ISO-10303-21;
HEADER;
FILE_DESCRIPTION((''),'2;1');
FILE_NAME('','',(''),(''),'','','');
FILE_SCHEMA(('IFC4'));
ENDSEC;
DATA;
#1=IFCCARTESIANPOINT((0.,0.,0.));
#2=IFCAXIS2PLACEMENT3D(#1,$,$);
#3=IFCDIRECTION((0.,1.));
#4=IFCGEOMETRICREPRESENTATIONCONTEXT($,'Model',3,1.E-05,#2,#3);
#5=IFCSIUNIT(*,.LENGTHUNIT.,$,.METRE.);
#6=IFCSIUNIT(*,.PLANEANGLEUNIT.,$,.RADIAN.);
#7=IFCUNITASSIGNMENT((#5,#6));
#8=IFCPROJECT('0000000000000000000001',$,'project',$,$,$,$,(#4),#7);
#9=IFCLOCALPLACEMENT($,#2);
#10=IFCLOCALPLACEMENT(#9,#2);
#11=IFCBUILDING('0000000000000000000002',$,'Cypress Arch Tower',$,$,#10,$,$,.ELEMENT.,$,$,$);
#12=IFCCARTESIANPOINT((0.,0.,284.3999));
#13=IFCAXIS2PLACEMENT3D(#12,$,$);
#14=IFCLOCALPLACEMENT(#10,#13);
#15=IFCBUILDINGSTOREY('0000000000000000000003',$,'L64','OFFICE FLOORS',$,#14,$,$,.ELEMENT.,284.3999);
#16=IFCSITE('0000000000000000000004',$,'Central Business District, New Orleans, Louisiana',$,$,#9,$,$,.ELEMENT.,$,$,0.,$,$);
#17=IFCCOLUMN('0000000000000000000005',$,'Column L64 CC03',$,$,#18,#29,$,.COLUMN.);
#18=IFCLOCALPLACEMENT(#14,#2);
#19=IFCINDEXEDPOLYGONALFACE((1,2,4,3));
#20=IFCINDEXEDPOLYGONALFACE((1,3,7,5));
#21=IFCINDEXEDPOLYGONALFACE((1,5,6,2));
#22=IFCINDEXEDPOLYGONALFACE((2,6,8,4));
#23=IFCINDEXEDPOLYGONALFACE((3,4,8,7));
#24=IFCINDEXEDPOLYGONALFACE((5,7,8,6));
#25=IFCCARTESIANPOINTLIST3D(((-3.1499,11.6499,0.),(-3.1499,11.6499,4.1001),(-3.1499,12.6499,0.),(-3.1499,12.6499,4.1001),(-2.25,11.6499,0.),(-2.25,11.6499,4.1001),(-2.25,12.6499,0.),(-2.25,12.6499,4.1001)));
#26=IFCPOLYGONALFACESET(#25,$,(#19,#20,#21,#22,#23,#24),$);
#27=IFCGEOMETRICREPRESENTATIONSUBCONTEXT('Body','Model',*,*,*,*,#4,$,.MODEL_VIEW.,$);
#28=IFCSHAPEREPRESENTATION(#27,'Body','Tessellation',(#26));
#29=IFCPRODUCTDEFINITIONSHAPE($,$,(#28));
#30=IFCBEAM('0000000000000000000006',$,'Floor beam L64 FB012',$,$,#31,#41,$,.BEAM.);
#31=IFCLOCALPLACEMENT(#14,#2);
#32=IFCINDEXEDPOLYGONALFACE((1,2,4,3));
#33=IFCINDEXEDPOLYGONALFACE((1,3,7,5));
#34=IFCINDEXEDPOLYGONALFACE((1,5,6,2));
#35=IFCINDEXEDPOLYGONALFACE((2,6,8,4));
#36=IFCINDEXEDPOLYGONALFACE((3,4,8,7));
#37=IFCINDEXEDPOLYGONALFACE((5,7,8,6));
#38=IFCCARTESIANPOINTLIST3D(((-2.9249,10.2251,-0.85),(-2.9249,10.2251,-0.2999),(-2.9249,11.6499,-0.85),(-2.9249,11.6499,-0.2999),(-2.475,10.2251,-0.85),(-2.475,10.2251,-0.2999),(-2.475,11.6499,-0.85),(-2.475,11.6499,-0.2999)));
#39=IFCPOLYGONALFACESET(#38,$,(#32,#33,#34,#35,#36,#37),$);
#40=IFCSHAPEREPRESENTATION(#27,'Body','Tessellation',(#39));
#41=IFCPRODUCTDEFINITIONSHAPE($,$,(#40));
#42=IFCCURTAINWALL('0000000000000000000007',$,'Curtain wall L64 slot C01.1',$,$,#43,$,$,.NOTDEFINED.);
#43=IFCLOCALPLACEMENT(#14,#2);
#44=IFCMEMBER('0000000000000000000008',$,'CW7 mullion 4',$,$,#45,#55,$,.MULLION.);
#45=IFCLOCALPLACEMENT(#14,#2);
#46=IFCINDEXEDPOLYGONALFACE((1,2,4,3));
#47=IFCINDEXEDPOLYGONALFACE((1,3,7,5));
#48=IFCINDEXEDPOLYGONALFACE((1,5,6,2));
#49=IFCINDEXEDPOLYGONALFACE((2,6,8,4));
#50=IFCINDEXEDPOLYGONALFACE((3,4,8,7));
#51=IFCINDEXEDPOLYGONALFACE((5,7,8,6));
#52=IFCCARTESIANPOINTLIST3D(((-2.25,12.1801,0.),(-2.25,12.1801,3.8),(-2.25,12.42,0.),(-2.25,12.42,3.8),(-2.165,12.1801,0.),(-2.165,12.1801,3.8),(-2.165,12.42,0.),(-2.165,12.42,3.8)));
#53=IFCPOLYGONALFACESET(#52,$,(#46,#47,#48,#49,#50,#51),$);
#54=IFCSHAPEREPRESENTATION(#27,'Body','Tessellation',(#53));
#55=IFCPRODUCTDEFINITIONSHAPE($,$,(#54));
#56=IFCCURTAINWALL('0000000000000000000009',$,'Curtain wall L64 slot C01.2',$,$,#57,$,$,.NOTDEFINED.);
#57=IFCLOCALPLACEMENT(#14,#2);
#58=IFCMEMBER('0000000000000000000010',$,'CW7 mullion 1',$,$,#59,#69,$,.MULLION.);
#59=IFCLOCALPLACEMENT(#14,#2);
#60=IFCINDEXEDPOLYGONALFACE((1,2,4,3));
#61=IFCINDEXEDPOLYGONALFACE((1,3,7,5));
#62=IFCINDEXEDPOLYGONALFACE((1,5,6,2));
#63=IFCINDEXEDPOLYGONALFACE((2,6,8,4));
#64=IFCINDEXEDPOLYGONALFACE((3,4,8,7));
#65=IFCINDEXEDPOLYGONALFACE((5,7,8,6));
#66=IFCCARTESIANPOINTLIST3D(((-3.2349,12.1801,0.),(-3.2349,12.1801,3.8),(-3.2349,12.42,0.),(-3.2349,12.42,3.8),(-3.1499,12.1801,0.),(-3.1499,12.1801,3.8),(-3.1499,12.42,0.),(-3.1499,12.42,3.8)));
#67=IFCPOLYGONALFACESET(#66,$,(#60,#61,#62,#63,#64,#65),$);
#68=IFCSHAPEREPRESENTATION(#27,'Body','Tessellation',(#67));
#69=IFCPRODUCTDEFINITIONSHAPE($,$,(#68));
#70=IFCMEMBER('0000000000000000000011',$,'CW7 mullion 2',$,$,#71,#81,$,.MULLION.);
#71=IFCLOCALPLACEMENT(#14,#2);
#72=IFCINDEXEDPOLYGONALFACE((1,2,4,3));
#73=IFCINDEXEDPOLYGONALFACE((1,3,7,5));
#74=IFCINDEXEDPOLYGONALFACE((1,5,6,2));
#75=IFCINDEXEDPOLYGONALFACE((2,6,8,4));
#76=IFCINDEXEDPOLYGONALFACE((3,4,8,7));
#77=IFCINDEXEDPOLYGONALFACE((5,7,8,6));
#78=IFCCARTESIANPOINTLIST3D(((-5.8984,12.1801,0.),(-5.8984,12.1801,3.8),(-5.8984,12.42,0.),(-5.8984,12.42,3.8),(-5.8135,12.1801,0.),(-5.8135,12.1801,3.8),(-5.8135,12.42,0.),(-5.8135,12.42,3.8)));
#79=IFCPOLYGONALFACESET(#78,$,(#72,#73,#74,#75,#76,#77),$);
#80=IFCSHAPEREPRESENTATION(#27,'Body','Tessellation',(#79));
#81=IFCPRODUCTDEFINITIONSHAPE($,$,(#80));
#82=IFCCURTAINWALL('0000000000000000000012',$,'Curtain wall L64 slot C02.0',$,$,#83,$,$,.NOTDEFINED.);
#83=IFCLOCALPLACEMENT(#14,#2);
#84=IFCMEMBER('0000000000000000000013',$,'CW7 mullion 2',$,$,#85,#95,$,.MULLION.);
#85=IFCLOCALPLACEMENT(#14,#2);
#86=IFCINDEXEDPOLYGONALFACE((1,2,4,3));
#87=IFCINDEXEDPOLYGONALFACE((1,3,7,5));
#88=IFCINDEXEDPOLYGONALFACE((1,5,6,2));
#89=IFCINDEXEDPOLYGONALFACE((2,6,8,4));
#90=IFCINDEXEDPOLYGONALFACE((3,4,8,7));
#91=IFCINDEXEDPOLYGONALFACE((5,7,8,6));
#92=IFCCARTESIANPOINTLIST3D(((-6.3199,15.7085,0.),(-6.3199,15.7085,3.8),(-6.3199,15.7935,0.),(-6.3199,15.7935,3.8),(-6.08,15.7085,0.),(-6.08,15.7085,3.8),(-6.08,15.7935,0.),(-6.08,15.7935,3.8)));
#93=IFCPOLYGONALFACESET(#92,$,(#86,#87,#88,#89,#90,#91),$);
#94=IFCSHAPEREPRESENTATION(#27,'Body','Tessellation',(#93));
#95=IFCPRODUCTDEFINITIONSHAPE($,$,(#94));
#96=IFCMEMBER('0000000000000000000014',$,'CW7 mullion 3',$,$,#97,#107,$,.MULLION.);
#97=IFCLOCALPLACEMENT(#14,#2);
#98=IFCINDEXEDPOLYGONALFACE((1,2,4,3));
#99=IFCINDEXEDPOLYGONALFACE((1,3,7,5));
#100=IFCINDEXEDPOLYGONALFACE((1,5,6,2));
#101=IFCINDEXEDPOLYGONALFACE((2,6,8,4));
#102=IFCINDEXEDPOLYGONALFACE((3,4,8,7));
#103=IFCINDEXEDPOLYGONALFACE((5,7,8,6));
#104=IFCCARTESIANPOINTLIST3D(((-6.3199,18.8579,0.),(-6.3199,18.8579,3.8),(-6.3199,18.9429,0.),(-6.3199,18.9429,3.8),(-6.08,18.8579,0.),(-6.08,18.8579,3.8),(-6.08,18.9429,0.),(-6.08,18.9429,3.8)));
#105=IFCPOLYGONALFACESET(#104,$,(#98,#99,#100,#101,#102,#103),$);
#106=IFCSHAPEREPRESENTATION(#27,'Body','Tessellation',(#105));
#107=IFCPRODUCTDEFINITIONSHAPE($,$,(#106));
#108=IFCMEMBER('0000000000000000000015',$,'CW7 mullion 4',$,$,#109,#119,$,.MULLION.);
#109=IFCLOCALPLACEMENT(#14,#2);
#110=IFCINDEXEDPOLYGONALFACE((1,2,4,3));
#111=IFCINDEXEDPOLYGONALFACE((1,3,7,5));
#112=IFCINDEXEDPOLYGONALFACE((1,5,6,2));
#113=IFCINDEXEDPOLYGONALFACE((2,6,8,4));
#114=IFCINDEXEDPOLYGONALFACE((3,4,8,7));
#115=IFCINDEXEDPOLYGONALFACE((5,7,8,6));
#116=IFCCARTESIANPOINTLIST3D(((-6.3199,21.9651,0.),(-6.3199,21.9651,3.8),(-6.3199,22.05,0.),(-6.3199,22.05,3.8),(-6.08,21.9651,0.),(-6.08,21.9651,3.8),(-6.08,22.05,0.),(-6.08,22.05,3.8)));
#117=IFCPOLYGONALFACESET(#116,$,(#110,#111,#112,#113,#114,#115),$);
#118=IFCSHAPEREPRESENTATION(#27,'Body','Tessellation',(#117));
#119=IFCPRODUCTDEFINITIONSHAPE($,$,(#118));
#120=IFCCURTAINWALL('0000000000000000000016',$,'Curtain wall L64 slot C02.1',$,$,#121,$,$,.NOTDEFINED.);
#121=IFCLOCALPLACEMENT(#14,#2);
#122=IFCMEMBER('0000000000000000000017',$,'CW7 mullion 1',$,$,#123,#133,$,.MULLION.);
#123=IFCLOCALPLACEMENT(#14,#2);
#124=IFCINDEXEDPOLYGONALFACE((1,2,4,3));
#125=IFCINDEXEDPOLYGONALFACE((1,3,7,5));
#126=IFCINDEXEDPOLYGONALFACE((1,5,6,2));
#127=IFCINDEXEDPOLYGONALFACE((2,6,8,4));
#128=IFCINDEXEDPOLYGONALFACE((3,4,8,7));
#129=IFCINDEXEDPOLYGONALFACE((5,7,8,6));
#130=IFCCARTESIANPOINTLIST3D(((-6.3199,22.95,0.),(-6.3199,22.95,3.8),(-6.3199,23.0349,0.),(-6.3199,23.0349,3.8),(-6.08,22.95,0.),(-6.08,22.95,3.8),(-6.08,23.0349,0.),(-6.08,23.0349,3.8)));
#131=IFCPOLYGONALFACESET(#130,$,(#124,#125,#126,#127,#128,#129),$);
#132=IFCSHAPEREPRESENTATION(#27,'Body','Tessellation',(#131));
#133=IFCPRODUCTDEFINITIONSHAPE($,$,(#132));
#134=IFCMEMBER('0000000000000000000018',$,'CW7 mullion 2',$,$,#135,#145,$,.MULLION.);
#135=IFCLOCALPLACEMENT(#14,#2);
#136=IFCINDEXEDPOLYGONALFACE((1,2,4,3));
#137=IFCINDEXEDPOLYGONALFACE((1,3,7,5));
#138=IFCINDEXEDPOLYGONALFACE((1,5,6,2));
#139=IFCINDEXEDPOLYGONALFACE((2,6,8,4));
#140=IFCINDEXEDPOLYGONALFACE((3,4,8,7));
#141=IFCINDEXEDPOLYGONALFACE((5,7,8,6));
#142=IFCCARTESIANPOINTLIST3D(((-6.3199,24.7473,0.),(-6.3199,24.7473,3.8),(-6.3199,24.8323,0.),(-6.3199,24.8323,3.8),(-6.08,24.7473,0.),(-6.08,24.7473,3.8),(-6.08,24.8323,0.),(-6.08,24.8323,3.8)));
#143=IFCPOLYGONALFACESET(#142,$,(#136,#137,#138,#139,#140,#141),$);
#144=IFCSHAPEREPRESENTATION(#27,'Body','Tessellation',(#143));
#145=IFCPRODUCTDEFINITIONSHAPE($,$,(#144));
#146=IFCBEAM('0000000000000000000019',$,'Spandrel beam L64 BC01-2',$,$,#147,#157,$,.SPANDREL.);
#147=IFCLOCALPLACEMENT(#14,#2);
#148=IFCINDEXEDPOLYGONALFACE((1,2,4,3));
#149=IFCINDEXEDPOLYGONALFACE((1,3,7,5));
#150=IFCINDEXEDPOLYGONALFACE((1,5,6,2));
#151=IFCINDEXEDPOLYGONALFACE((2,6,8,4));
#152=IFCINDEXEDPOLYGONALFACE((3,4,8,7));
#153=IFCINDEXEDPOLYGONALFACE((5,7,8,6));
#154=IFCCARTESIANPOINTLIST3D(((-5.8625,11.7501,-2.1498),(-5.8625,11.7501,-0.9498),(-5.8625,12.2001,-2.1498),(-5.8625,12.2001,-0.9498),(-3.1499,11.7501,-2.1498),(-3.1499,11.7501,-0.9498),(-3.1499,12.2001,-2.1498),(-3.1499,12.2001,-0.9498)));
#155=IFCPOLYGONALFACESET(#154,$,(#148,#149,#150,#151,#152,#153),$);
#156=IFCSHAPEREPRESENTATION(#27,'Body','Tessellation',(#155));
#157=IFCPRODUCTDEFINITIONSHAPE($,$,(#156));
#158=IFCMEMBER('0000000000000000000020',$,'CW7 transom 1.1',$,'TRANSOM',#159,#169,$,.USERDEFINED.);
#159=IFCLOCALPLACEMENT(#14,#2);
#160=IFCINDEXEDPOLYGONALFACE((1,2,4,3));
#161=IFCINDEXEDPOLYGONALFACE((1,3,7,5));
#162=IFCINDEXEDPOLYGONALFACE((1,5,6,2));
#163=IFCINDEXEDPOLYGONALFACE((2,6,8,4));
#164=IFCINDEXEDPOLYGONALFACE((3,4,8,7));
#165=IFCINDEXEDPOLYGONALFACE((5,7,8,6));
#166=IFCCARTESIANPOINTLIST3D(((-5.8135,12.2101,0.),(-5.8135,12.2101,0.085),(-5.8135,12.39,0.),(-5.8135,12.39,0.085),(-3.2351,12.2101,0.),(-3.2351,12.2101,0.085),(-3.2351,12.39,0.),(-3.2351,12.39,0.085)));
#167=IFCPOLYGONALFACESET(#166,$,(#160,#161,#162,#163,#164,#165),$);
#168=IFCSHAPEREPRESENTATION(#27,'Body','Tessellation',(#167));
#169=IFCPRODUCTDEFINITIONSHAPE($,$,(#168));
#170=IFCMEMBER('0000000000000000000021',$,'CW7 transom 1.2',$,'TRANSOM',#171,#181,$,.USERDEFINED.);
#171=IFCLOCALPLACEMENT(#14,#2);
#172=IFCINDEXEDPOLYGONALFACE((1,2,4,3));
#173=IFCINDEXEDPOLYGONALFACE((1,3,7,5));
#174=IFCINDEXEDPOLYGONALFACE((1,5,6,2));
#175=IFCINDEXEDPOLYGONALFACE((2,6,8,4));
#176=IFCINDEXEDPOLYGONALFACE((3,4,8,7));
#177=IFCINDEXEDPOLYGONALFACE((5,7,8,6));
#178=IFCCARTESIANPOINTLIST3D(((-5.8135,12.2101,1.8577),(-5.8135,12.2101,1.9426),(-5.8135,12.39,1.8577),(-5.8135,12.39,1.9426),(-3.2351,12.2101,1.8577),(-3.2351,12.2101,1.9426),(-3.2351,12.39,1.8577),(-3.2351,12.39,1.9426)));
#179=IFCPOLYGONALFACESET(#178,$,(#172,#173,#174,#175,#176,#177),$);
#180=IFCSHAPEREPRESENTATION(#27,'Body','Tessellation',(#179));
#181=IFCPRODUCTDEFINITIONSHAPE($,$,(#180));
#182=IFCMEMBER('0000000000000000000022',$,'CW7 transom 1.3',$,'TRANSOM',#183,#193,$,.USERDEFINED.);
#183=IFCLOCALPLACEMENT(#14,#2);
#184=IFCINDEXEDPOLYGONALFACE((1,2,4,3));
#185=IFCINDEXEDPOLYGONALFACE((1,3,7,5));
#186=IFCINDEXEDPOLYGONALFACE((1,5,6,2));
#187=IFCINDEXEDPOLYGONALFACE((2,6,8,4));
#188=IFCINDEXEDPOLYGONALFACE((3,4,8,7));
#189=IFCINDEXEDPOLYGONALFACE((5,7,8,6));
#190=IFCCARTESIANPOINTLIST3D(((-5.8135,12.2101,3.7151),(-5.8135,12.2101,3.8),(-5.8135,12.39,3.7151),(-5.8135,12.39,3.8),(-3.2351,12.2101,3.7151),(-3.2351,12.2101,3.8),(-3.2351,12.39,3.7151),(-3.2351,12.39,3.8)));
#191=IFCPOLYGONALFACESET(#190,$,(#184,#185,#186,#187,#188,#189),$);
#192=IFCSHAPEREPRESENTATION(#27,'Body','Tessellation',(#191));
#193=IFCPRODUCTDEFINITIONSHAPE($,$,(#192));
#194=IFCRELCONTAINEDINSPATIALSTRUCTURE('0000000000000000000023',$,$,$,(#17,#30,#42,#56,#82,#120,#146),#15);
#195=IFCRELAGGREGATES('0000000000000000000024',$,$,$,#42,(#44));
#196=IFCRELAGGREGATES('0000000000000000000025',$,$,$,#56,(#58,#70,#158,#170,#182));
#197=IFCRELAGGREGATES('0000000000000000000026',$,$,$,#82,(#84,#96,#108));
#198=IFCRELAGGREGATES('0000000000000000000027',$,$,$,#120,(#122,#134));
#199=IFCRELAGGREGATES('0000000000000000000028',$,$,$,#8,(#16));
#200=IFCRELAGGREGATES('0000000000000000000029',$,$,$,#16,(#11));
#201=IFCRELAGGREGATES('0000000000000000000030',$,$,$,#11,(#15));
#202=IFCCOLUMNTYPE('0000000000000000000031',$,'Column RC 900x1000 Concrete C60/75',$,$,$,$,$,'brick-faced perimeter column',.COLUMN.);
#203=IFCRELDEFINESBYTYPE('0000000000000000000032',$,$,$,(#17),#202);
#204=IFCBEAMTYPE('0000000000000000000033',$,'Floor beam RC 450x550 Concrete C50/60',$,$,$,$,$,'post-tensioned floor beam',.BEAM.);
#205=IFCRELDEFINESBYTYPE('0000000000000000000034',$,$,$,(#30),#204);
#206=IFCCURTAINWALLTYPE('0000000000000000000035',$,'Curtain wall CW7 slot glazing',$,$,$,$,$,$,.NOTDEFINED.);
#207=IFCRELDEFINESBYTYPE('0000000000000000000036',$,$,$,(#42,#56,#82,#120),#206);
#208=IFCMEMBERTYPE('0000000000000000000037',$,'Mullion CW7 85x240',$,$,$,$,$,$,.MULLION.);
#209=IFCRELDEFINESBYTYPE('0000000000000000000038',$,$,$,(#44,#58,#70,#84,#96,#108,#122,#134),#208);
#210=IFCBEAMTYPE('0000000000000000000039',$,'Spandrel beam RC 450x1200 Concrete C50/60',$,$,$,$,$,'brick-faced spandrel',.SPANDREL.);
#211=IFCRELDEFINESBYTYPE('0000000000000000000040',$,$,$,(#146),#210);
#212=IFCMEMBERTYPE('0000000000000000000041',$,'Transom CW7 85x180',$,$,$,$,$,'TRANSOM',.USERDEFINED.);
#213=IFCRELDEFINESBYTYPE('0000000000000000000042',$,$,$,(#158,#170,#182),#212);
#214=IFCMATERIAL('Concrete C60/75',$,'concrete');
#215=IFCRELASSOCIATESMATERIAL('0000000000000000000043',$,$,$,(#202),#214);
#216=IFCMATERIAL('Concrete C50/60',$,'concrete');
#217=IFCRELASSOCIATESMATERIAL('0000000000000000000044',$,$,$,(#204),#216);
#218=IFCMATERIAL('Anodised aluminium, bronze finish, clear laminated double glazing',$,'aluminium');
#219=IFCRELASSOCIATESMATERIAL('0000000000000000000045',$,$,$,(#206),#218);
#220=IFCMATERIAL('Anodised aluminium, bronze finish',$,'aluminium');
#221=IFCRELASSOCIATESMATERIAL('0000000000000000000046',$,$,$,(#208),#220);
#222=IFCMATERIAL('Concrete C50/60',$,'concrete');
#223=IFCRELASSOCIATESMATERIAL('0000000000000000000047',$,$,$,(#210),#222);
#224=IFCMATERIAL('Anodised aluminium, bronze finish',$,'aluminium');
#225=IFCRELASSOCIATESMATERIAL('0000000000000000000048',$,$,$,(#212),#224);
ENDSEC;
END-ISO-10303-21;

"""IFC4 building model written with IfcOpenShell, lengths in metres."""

from ifc_helpers import new_model, si_unit, direction, frame, origin, origin_2d, place, context, subcontext, project, spatial, rectangle, extrude, material, material_profile, profile_set, type_object, element, aggregate, save


model = new_model("IFC4")

# Units and contexts
model_context = context("Model", 3, precision=1e-05, world=origin(), true_north=direction((0.0, 1.0)))
body_context = subcontext(model_context, "Body", "Model", "MODEL_VIEW")
ifc_project = project(units=[si_unit("LENGTHUNIT", "METRE"), si_unit("PLANEANGLEUNIT", "RADIAN")], contexts=[model_context])

# Site, building, storey
site_placement = place(None, origin())
site = spatial("IfcSite", under=ifc_project, at=site_placement, Name="Central Business District, New Orleans, Louisiana", CompositionType="ELEMENT", RefElevation=0.0)
building_placement = place(site_placement, origin())
building = spatial("IfcBuilding", under=site, at=building_placement, Name="Cypress Arch Tower", CompositionType="ELEMENT")
storey_placement = place(building_placement, frame((0.0, 0.0, 284.3999)))
storey = spatial("IfcBuildingStorey", under=building, at=storey_placement, Name="L64", Description="OFFICE FLOORS", CompositionType="ELEMENT", Elevation=284.3999)

# Column
ifc_material_1 = material(Name="Concrete C60/75", Category="concrete")
ifc_material_profile_1 = material_profile(ifc_material_1, rectangle(XDim=0.8999, YDim=1.0, at=origin_2d()), Name="RC 900x1000")
ifc_profile_set_1 = profile_set([ifc_material_profile_1], Name="Concrete C60/75")
column_type = type_object("IfcColumnType", Name="Column RC 900x1000 Concrete C60/75", ElementType="brick-faced perimeter column", PredefinedType="COLUMN", material=ifc_profile_set_1)
column_placement = place(storey_placement, frame((-2.7, 12.1499, 0.0), z_axis=(0.0, 0.0, 1.0), x_axis=(-1.0, 0.0, 0.0)))
element("IfcColumn", 1, at=column_placement, inside=storey, type_object=column_type, Name="Column L64 CC03", PredefinedType="COLUMN", context=body_context, shape_type="SweptSolid", body=[
    extrude(rectangle(XDim=0.8999, YDim=1.0, at=origin_2d()), origin(), (0.0, 0.0, 1.0), 4.1001),
])

# Beam
ifc_material_2 = material(Name="Concrete C50/60", Category="concrete")
ifc_material_profile_2 = material_profile(ifc_material_2, rectangle(XDim=0.45, YDim=0.55, at=origin_2d()), Name="RC 450x550")
ifc_profile_set_2 = profile_set([ifc_material_profile_2], Name="Concrete C50/60")
beam_type_1 = type_object("IfcBeamType", Name="Floor beam RC 450x550 Concrete C50/60", ElementType="post-tensioned floor beam", PredefinedType="BEAM", material=ifc_profile_set_2)
beam_1_placement = place(storey_placement, frame((-2.7, 10.2251, -0.575), z_axis=(0.0, 1.0, 0.0), x_axis=(-1.0, 0.0, 0.0)))
element("IfcBeam", 2, at=beam_1_placement, inside=storey, type_object=beam_type_1, Name="Floor beam L64 FB012", PredefinedType="BEAM", context=body_context, shape_type="SweptSolid", body=[
    extrude(rectangle(XDim=0.45, YDim=0.55, at=origin_2d()), origin(), (0.0, 0.0, 1.0), 1.4248),
])

# Curtain wall, member
ifc_material_3 = material(Name="Anodised aluminium, bronze finish, clear laminated double glazing", Category="aluminium")
curtain_wall_type = type_object("IfcCurtainWallType", Name="Curtain wall CW7 slot glazing", PredefinedType="NOTDEFINED", material=ifc_material_3)
curtain_wall_1_placement = place(storey_placement, origin())
curtain_wall_1 = element("IfcCurtainWall", 3, at=curtain_wall_1_placement, inside=storey, type_object=curtain_wall_type, Name="Curtain wall L64 slot C01.1", PredefinedType="NOTDEFINED")
ifc_material_4 = material(Name="Anodised aluminium, bronze finish", Category="aluminium")
ifc_material_profile_3 = material_profile(ifc_material_4, rectangle(XDim=0.24, YDim=0.085, at=origin_2d()), Name="Mullion 85x240")
ifc_profile_set_3 = profile_set([ifc_material_profile_3], Name="Anodised aluminium, bronze finish")
member_type_1 = type_object("IfcMemberType", Name="Mullion CW7 85x240", PredefinedType="MULLION", material=ifc_profile_set_3)
member_1_placement = place(storey_placement, frame((-2.2075, 12.3, 0.0), z_axis=(0.0, 0.0, 1.0), x_axis=(0.0, -1.0, 0.0)))
member_1 = element("IfcMember", 4, at=member_1_placement, type_object=member_type_1, Name="CW7 mullion 4", PredefinedType="MULLION", context=body_context, shape_type="SweptSolid", body=[
    extrude(rectangle(XDim=0.24, YDim=0.085, at=origin_2d()), origin(), (0.0, 0.0, 1.0), 3.8),
])

# Curtain walls, members
curtain_wall_2_placement = place(storey_placement, origin())
curtain_wall_2 = element("IfcCurtainWall", 5, at=curtain_wall_2_placement, inside=storey, type_object=curtain_wall_type, Name="Curtain wall L64 slot C01.2", PredefinedType="NOTDEFINED")
member_2_placement = place(storey_placement, frame((-3.1924, 12.3, 0.0), z_axis=(0.0, 0.0, 1.0), x_axis=(0.0, -1.0, 0.0)))
member_2 = element("IfcMember", 6, at=member_2_placement, type_object=member_type_1, Name="CW7 mullion 1", PredefinedType="MULLION", context=body_context, shape_type="SweptSolid", body=[
    extrude(rectangle(XDim=0.24, YDim=0.085, at=origin_2d()), origin(), (0.0, 0.0, 1.0), 3.8),
])
member_3_placement = place(storey_placement, frame((-5.856, 12.3, 0.0), z_axis=(0.0, 0.0, 1.0), x_axis=(0.0, -1.0, 0.0)))
member_3 = element("IfcMember", 7, at=member_3_placement, type_object=member_type_1, Name="CW7 mullion 2", PredefinedType="MULLION", context=body_context, shape_type="SweptSolid", body=[
    extrude(rectangle(XDim=0.24, YDim=0.085, at=origin_2d()), origin(), (0.0, 0.0, 1.0), 3.8),
])
curtain_wall_3_placement = place(storey_placement, origin())
curtain_wall_3 = element("IfcCurtainWall", 8, at=curtain_wall_3_placement, inside=storey, type_object=curtain_wall_type, Name="Curtain wall L64 slot C02.0", PredefinedType="NOTDEFINED")
member_4_placement = place(storey_placement, frame((-6.2, 15.751, 0.0), z_axis=(0.0, 0.0, 1.0), x_axis=(-1.0, 0.0, 0.0)))
member_4 = element("IfcMember", 9, at=member_4_placement, type_object=member_type_1, Name="CW7 mullion 2", PredefinedType="MULLION", context=body_context, shape_type="SweptSolid", body=[
    extrude(rectangle(XDim=0.24, YDim=0.085, at=origin_2d()), origin(), (0.0, 0.0, 1.0), 3.8),
])
member_5_placement = place(storey_placement, frame((-6.2, 18.9004, 0.0), z_axis=(0.0, 0.0, 1.0), x_axis=(-1.0, 0.0, 0.0)))
member_5 = element("IfcMember", 10, at=member_5_placement, type_object=member_type_1, Name="CW7 mullion 3", PredefinedType="MULLION", context=body_context, shape_type="SweptSolid", body=[
    extrude(rectangle(XDim=0.24, YDim=0.085, at=origin_2d()), origin(), (0.0, 0.0, 1.0), 3.8),
])
member_6_placement = place(storey_placement, frame((-6.2, 22.0076, 0.0), z_axis=(0.0, 0.0, 1.0), x_axis=(-1.0, 0.0, 0.0)))
member_6 = element("IfcMember", 11, at=member_6_placement, type_object=member_type_1, Name="CW7 mullion 4", PredefinedType="MULLION", context=body_context, shape_type="SweptSolid", body=[
    extrude(rectangle(XDim=0.24, YDim=0.085, at=origin_2d()), origin(), (0.0, 0.0, 1.0), 3.8),
])
curtain_wall_4_placement = place(storey_placement, origin())
curtain_wall_4 = element("IfcCurtainWall", 12, at=curtain_wall_4_placement, inside=storey, type_object=curtain_wall_type, Name="Curtain wall L64 slot C02.1", PredefinedType="NOTDEFINED")
member_7_placement = place(storey_placement, frame((-6.2, 22.9924, 0.0), z_axis=(0.0, 0.0, 1.0), x_axis=(-1.0, 0.0, 0.0)))
member_7 = element("IfcMember", 13, at=member_7_placement, type_object=member_type_1, Name="CW7 mullion 1", PredefinedType="MULLION", context=body_context, shape_type="SweptSolid", body=[
    extrude(rectangle(XDim=0.24, YDim=0.085, at=origin_2d()), origin(), (0.0, 0.0, 1.0), 3.8),
])
member_8_placement = place(storey_placement, frame((-6.2, 24.7898, 0.0), z_axis=(0.0, 0.0, 1.0), x_axis=(-1.0, 0.0, 0.0)))
member_8 = element("IfcMember", 14, at=member_8_placement, type_object=member_type_1, Name="CW7 mullion 2", PredefinedType="MULLION", context=body_context, shape_type="SweptSolid", body=[
    extrude(rectangle(XDim=0.24, YDim=0.085, at=origin_2d()), origin(), (0.0, 0.0, 1.0), 3.8),
])

# Beam
ifc_material_5 = material(Name="Concrete C50/60", Category="concrete")
ifc_material_profile_4 = material_profile(ifc_material_5, rectangle(XDim=0.45, YDim=1.2, at=origin_2d()), Name="RC 450x1200")
ifc_profile_set_4 = profile_set([ifc_material_profile_4], Name="Concrete C50/60")
beam_type_2 = type_object("IfcBeamType", Name="Spandrel beam RC 450x1200 Concrete C50/60", ElementType="brick-faced spandrel", PredefinedType="SPANDREL", material=ifc_profile_set_4)
beam_2_placement = place(storey_placement, frame((-3.1499, 11.9751, -1.5498), z_axis=(-1.0, 0.0, 0.0), x_axis=(0.0, -1.0, 0.0)))
element("IfcBeam", 15, at=beam_2_placement, inside=storey, type_object=beam_type_2, Name="Spandrel beam L64 BC01-2", PredefinedType="SPANDREL", context=body_context, shape_type="SweptSolid", body=[
    extrude(rectangle(XDim=0.45, YDim=1.2, at=origin_2d()), origin(), (0.0, 0.0, 1.0), 2.7126),
])

# Members
ifc_material_6 = material(Name="Anodised aluminium, bronze finish", Category="aluminium")
ifc_material_profile_5 = material_profile(ifc_material_6, rectangle(XDim=0.1799, YDim=0.085, at=origin_2d()), Name="Transom 85x180")
ifc_profile_set_5 = profile_set([ifc_material_profile_5], Name="Anodised aluminium, bronze finish")
member_type_2 = type_object("IfcMemberType", Name="Transom CW7 85x180", ElementType="TRANSOM", PredefinedType="USERDEFINED", material=ifc_profile_set_5)
member_9_placement = place(storey_placement, frame((-3.2351, 12.3, 0.0425), z_axis=(-1.0, 0.0, 0.0), x_axis=(0.0, -1.0, 0.0)))
member_9 = element("IfcMember", 16, at=member_9_placement, type_object=member_type_2, Name="CW7 transom 1.1", ObjectType="TRANSOM", PredefinedType="USERDEFINED", context=body_context, shape_type="SweptSolid", body=[
    extrude(rectangle(XDim=0.1799, YDim=0.085, at=origin_2d()), origin(), (0.0, 0.0, 1.0), 2.5784),
])
member_10_placement = place(storey_placement, frame((-3.2351, 12.3, 1.9001), z_axis=(-1.0, 0.0, 0.0), x_axis=(0.0, -1.0, 0.0)))
member_10 = element("IfcMember", 17, at=member_10_placement, type_object=member_type_2, Name="CW7 transom 1.2", ObjectType="TRANSOM", PredefinedType="USERDEFINED", context=body_context, shape_type="SweptSolid", body=[
    extrude(rectangle(XDim=0.1799, YDim=0.085, at=origin_2d()), origin(), (0.0, 0.0, 1.0), 2.5784),
])
member_11_placement = place(storey_placement, frame((-3.2351, 12.3, 3.7576), z_axis=(-1.0, 0.0, 0.0), x_axis=(0.0, -1.0, 0.0)))
member_11 = element("IfcMember", 18, at=member_11_placement, type_object=member_type_2, Name="CW7 transom 1.3", ObjectType="TRANSOM", PredefinedType="USERDEFINED", context=body_context, shape_type="SweptSolid", body=[
    extrude(rectangle(XDim=0.1799, YDim=0.085, at=origin_2d()), origin(), (0.0, 0.0, 1.0), 2.5784),
])

aggregate(curtain_wall_1, [member_1])
aggregate(curtain_wall_2, [member_2, member_3, member_9, member_10, member_11])
aggregate(curtain_wall_3, [member_4, member_5, member_6])
aggregate(curtain_wall_4, [member_7, member_8])

save(model, "model.ifc")
